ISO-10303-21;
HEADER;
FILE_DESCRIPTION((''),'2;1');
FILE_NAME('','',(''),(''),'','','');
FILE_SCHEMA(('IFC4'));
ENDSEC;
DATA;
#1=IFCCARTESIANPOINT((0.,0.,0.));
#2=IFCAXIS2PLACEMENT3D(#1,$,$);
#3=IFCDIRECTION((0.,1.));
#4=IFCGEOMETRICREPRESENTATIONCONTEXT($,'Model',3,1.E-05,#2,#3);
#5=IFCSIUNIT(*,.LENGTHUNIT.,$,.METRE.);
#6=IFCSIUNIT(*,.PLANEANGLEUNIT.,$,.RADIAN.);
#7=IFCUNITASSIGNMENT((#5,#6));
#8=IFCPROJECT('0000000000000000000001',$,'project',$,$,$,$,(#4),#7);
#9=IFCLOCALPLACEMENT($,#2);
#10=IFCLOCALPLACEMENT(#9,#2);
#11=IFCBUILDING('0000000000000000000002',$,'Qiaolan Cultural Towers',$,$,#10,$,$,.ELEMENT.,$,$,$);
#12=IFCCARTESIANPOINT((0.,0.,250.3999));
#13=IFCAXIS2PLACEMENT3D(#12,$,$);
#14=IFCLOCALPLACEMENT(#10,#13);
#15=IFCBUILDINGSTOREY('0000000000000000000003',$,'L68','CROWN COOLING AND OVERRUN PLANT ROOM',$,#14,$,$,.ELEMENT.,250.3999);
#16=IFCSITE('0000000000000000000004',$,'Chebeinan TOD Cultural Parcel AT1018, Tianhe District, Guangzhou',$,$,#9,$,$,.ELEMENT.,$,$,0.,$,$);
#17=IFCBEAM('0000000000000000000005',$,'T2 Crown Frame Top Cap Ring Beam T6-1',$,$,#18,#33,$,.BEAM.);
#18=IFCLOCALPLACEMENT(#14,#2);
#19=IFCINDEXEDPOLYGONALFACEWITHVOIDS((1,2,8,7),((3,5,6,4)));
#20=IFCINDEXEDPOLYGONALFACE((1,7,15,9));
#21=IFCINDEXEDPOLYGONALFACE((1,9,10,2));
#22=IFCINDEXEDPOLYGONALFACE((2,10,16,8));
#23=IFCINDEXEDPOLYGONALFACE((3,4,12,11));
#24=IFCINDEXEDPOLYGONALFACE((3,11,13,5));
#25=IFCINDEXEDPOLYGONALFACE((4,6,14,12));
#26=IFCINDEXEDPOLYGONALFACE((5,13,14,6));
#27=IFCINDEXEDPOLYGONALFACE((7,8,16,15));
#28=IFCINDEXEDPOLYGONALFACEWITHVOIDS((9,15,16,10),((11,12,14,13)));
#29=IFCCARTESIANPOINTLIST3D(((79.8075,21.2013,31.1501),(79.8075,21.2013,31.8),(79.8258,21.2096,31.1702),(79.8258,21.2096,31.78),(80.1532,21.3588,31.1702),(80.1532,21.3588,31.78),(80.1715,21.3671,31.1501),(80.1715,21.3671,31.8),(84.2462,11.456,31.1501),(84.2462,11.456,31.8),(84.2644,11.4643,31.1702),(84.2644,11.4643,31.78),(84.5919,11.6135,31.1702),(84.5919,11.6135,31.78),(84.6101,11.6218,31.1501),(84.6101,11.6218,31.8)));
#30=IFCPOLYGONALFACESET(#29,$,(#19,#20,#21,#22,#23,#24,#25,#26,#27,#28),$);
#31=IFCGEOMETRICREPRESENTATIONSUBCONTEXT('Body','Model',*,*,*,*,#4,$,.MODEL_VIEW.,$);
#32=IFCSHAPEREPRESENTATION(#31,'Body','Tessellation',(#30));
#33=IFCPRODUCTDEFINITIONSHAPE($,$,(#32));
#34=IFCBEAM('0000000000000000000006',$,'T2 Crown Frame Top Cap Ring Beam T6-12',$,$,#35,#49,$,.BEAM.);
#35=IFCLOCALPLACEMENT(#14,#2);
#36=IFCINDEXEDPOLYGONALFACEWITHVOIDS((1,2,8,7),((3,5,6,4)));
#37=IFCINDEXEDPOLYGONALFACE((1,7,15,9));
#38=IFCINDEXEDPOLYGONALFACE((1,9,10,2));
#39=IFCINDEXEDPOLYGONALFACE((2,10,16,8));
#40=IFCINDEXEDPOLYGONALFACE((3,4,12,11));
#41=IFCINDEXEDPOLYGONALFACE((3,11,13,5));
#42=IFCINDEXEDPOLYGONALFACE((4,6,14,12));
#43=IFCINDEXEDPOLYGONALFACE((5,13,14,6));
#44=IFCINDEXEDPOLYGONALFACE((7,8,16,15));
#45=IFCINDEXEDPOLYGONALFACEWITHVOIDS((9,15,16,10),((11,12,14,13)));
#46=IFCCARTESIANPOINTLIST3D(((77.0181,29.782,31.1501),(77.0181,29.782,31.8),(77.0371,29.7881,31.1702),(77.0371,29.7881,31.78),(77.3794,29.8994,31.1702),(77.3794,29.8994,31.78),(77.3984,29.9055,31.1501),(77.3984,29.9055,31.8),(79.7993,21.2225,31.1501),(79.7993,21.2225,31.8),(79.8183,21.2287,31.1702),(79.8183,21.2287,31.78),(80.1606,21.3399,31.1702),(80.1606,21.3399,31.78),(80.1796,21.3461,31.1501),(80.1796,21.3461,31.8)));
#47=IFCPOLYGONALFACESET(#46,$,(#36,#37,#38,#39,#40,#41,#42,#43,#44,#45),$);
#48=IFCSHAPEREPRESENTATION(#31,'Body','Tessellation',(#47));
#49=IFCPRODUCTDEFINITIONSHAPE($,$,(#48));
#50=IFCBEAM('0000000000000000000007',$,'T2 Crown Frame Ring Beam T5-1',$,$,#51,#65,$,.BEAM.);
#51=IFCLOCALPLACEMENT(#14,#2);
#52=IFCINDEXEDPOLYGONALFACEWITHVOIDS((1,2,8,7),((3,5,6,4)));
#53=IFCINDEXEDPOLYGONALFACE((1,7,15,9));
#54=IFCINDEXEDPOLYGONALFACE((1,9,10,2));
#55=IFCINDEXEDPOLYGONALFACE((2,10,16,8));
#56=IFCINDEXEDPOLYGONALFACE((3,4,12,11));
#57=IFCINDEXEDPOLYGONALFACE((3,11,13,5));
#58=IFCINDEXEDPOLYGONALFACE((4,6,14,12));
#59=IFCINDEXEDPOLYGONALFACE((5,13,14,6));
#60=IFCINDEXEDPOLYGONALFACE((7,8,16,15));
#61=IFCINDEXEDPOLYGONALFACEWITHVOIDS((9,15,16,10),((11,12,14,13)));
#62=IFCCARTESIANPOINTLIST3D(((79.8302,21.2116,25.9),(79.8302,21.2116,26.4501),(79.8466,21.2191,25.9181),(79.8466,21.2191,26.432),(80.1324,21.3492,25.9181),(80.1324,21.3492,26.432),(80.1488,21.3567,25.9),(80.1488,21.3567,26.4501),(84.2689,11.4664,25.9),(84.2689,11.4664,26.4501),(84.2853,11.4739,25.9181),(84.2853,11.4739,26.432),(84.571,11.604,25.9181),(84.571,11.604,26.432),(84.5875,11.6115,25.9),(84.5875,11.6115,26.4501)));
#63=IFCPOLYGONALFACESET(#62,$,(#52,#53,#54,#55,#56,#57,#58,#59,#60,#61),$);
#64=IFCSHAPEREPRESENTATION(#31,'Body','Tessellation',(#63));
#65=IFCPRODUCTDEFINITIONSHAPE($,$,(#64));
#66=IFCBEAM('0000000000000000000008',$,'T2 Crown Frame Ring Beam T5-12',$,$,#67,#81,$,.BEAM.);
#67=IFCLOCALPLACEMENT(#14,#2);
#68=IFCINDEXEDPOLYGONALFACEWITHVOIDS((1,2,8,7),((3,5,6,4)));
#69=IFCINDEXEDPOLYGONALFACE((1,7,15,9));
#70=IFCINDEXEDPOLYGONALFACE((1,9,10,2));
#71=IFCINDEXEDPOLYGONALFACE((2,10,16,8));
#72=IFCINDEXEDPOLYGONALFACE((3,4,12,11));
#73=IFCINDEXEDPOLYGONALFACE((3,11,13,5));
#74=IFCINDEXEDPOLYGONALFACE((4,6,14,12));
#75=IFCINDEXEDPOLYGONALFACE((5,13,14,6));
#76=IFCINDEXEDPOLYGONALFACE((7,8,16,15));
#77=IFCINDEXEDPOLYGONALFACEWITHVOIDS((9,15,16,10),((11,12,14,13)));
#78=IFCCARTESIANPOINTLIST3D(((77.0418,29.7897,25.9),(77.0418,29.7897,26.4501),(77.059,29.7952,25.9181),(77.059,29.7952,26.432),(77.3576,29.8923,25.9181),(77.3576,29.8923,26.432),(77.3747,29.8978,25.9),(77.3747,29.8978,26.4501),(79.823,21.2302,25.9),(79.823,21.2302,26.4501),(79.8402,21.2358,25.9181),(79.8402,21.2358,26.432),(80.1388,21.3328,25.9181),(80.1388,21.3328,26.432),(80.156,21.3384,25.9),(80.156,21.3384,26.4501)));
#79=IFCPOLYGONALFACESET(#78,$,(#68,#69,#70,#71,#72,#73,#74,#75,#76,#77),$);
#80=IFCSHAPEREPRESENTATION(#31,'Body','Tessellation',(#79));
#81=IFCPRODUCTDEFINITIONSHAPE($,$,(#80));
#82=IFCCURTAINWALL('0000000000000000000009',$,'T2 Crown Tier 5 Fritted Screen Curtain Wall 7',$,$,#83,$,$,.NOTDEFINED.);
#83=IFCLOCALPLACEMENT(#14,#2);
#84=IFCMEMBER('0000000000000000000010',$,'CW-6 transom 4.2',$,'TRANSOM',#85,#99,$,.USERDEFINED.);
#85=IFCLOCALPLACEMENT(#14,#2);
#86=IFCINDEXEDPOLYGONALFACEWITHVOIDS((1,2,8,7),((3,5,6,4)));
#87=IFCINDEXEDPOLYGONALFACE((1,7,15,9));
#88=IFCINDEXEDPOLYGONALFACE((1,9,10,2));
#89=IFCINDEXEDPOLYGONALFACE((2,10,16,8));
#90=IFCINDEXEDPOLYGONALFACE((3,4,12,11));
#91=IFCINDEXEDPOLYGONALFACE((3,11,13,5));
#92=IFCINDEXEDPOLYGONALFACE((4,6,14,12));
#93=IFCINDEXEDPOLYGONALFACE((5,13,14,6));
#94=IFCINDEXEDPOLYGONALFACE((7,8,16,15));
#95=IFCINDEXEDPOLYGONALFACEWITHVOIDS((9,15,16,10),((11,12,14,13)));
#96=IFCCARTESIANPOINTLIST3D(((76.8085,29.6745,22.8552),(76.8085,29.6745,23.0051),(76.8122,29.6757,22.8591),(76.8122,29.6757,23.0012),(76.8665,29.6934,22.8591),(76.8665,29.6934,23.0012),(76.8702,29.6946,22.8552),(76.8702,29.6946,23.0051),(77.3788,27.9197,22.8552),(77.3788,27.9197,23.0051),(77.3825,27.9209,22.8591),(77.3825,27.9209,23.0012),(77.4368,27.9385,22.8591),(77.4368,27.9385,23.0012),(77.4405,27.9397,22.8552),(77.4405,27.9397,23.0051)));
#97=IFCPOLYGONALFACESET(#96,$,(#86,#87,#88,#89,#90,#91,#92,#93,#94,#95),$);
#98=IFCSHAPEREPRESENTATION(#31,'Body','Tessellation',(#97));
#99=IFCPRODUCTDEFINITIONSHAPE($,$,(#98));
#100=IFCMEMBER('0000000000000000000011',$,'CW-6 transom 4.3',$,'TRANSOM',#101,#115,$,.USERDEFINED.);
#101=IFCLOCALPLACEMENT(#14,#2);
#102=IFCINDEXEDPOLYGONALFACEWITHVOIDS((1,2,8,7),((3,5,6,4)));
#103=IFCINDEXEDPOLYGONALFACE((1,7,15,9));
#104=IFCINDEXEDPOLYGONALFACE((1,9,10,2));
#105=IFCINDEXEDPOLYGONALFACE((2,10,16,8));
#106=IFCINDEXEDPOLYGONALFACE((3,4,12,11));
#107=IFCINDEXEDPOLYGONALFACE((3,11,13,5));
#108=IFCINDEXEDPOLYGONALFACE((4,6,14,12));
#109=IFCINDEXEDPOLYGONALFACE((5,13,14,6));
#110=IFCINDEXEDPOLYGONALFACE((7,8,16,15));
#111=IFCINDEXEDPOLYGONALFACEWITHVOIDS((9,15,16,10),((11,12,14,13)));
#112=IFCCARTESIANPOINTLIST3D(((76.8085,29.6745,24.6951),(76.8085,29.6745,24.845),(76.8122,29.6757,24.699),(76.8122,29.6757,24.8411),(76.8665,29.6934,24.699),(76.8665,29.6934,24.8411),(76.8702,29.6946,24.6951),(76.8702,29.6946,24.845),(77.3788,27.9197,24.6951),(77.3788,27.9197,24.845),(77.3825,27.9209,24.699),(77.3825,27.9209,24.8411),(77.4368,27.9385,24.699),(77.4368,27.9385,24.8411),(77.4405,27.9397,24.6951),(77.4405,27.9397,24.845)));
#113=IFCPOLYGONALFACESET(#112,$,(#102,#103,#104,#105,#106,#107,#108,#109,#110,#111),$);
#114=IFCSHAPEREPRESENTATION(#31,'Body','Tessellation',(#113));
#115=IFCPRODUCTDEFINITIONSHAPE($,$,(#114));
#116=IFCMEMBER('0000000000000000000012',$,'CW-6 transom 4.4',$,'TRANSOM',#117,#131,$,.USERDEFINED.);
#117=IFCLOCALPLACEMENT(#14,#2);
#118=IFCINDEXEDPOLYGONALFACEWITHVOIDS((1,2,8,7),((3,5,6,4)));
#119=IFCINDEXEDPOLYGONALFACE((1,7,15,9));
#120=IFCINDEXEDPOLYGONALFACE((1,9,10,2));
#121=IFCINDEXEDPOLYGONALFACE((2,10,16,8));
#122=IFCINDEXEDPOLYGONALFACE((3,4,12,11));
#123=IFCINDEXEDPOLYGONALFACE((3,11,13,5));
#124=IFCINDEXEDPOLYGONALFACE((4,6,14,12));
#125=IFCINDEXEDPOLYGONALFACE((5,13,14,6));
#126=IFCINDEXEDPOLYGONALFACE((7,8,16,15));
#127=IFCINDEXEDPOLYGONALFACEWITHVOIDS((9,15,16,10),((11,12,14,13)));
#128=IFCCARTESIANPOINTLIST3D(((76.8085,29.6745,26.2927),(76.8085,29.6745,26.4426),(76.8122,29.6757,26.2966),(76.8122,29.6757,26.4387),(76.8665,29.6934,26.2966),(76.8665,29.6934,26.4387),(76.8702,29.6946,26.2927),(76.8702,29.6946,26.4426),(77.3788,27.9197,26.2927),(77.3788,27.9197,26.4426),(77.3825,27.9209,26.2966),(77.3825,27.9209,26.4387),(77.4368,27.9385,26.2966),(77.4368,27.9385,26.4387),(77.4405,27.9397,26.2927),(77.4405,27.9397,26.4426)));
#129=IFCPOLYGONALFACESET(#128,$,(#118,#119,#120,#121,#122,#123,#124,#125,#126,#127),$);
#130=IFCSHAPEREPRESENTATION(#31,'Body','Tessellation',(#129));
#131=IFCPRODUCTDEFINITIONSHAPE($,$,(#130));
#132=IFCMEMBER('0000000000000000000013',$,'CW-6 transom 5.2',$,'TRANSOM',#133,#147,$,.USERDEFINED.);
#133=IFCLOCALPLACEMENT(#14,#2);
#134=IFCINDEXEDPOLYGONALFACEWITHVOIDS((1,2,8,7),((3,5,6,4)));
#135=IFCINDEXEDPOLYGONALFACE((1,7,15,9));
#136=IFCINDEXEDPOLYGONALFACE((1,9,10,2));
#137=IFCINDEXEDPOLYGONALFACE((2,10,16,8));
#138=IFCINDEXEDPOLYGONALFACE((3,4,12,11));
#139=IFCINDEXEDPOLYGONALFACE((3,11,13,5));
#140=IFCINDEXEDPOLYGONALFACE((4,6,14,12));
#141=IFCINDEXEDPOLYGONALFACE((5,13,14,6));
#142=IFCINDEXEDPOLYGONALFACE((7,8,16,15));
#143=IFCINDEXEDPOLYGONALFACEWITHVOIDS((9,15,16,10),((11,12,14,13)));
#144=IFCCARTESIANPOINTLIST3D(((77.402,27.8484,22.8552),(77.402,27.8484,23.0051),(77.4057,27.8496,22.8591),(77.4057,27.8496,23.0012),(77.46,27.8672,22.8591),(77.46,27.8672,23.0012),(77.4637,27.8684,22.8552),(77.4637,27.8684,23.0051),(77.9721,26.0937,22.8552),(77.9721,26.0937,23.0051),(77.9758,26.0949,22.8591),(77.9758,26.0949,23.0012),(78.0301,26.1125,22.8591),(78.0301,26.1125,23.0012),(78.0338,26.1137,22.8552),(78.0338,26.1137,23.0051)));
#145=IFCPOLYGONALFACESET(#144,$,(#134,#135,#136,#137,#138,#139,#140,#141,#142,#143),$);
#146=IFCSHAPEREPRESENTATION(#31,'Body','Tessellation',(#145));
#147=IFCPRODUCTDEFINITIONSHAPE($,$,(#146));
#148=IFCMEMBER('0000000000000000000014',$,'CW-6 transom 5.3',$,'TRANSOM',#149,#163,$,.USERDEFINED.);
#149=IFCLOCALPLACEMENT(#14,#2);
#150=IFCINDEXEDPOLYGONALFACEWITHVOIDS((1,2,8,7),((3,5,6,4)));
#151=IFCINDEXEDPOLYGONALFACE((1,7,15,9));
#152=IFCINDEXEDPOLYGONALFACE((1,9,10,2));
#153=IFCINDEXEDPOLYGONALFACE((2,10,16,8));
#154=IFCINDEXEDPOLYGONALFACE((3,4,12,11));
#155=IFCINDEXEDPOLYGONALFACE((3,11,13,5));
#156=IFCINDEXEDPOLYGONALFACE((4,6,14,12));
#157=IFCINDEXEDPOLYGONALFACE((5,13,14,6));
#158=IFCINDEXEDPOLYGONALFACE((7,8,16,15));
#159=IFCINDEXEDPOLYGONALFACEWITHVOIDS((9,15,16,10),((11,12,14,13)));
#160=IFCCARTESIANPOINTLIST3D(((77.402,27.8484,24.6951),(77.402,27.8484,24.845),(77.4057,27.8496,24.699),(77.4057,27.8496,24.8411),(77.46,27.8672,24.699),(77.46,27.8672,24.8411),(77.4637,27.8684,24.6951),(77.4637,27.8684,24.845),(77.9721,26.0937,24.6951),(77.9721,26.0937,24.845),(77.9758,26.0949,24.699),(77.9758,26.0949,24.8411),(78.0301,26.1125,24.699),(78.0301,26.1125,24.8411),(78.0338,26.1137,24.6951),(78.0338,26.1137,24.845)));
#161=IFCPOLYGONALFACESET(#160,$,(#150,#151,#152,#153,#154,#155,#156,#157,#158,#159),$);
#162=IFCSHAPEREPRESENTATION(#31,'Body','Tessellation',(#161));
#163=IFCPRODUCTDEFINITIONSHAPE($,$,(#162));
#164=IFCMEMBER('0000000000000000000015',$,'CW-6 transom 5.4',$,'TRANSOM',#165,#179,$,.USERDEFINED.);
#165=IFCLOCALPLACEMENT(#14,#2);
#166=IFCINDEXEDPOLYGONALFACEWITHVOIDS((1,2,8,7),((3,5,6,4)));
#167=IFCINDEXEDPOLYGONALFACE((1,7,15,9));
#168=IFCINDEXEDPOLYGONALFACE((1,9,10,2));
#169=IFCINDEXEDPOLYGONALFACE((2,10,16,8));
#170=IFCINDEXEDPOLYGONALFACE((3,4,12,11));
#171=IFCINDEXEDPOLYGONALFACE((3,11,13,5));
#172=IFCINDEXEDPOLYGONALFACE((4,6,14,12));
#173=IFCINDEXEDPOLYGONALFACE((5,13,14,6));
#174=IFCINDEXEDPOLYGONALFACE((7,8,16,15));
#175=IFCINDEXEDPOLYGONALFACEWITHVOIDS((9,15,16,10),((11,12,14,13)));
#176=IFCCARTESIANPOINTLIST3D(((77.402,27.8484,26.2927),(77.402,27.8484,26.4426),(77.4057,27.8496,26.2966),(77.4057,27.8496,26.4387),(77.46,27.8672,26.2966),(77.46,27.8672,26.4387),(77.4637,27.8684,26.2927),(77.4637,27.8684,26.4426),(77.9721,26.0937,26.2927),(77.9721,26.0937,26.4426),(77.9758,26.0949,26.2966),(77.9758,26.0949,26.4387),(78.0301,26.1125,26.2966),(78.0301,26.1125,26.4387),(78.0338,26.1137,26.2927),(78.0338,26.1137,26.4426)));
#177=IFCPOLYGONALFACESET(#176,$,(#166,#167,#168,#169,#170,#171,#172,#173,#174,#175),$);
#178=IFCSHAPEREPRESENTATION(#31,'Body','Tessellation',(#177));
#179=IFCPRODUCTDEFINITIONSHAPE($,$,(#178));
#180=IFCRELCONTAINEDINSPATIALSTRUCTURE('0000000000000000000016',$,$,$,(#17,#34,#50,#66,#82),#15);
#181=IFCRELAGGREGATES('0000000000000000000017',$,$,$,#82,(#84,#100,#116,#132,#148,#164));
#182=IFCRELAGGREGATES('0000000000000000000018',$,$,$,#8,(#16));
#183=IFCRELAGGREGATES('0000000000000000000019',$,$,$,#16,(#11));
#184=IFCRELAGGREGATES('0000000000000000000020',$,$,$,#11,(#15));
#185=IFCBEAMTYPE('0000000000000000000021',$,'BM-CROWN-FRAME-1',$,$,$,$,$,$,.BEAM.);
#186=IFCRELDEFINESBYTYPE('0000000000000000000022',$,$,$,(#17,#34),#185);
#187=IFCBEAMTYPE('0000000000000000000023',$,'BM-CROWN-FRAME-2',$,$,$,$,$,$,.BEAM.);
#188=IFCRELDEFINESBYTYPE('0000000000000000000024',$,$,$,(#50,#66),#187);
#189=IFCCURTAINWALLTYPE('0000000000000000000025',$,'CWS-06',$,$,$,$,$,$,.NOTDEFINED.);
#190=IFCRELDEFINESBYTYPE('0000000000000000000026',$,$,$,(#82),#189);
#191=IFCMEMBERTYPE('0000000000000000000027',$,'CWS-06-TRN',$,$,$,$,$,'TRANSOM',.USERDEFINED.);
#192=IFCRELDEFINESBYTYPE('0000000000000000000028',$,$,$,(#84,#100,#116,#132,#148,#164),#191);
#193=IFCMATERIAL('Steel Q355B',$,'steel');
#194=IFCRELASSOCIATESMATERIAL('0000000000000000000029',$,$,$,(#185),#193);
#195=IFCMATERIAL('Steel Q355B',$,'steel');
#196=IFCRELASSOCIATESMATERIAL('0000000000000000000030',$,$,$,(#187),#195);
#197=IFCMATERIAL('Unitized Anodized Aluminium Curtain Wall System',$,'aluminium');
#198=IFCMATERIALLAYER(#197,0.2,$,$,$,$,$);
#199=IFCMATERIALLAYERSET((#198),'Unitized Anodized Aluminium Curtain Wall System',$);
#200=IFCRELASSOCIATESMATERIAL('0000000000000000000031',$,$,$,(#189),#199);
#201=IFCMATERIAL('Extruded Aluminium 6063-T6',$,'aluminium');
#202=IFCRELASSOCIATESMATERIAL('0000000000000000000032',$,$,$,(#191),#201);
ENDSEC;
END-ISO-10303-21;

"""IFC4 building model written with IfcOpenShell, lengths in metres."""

from ifc_helpers import new_model, si_unit, direction, frame, origin, origin_2d, place, context, subcontext, project, spatial, hollow_rectangle, extrude, material, layer, layer_set, material_profile, profile_set, type_object, element, aggregate, save


model = new_model("IFC4")

# Units and contexts
model_context = context("Model", 3, precision=1e-05, world=origin(), true_north=direction((0.0, 1.0)))
body_context = subcontext(model_context, "Body", "Model", "MODEL_VIEW")
ifc_project = project(units=[si_unit("LENGTHUNIT", "METRE"), si_unit("PLANEANGLEUNIT", "RADIAN")], contexts=[model_context])

# Site, building, storey
site_placement = place(None, origin())
site = spatial("IfcSite", under=ifc_project, at=site_placement, Name="Chebeinan TOD Cultural Parcel AT1018, Tianhe District, Guangzhou", CompositionType="ELEMENT", RefElevation=0.0)
building_placement = place(site_placement, origin())
building = spatial("IfcBuilding", under=site, at=building_placement, Name="Qiaolan Cultural Towers", CompositionType="ELEMENT")
storey_placement = place(building_placement, frame((0.0, 0.0, 250.3999)))
storey = spatial("IfcBuildingStorey", under=building, at=storey_placement, Name="L68", Description="CROWN COOLING AND OVERRUN PLANT ROOM", CompositionType="ELEMENT", Elevation=250.3999)

# Beams
ifc_material_1 = material(Name="Steel Q355B", Category="steel")
ifc_material_profile_1 = material_profile(ifc_material_1, hollow_rectangle(XDim=0.3999, YDim=0.6499, WallThickness=0.02, at=origin_2d()), Name="BOX650x400x20")
ifc_profile_set_1 = profile_set([ifc_material_profile_1], Name="Steel Q355B")
beam_type_1 = type_object("IfcBeamType", Name="BM-CROWN-FRAME-1", PredefinedType="BEAM", material=ifc_profile_set_1)
beam_1_placement = place(storey_placement, frame((79.9895, 21.2842, 31.4751), z_axis=(0.4145, -0.910049, 0.0), x_axis=(0.910049, 0.4145, 0.0)))
element("IfcBeam", 1, at=beam_1_placement, inside=storey, type_object=beam_type_1, Name="T2 Crown Frame Top Cap Ring Beam T6-1", PredefinedType="BEAM", context=body_context, shape_type="SweptSolid", body=[
    extrude(hollow_rectangle(XDim=0.3999, YDim=0.6499, WallThickness=0.02, at=origin_2d()), origin(), (0.0, 0.0, 1.0), 10.7085),
])
beam_2_placement = place(storey_placement, frame((77.2083, 29.8438, 31.4751), z_axis=(0.309025, -0.951054, 0.0), x_axis=(0.951054, 0.309025, 0.0)))
element("IfcBeam", 2, at=beam_2_placement, inside=storey, type_object=beam_type_1, Name="T2 Crown Frame Top Cap Ring Beam T6-12", PredefinedType="BEAM", context=body_context, shape_type="SweptSolid", body=[
    extrude(hollow_rectangle(XDim=0.3999, YDim=0.6499, WallThickness=0.02, at=origin_2d()), origin(), (0.0, 0.0, 1.0), 9.0),
])
ifc_material_2 = material(Name="Steel Q355B", Category="steel")
ifc_material_profile_2 = material_profile(ifc_material_2, hollow_rectangle(XDim=0.3501, YDim=0.55, WallThickness=0.0181, at=origin_2d()), Name="BOX550x350x18")
ifc_profile_set_2 = profile_set([ifc_material_profile_2], Name="Steel Q355B")
beam_type_2 = type_object("IfcBeamType", Name="BM-CROWN-FRAME-2", PredefinedType="BEAM", material=ifc_profile_set_2)
beam_3_placement = place(storey_placement, frame((79.9895, 21.2842, 26.175), z_axis=(0.4145, -0.910049, 0.0), x_axis=(0.910049, 0.4145, 0.0)))
element("IfcBeam", 3, at=beam_3_placement, inside=storey, type_object=beam_type_2, Name="T2 Crown Frame Ring Beam T5-1", PredefinedType="BEAM", context=body_context, shape_type="SweptSolid", body=[
    extrude(hollow_rectangle(XDim=0.3501, YDim=0.55, WallThickness=0.0181, at=origin_2d()), origin(), (0.0, 0.0, 1.0), 10.7085),
])
beam_4_placement = place(storey_placement, frame((77.2083, 29.8438, 26.175), z_axis=(0.309025, -0.951054, 0.0), x_axis=(0.951054, 0.309025, 0.0)))
element("IfcBeam", 4, at=beam_4_placement, inside=storey, type_object=beam_type_2, Name="T2 Crown Frame Ring Beam T5-12", PredefinedType="BEAM", context=body_context, shape_type="SweptSolid", body=[
    extrude(hollow_rectangle(XDim=0.3501, YDim=0.55, WallThickness=0.0181, at=origin_2d()), origin(), (0.0, 0.0, 1.0), 9.0),
])

# Curtain wall, members
ifc_material_3 = material(Name="Unitized Anodized Aluminium Curtain Wall System", Category="aluminium")
ifc_layer_1 = layer(ifc_material_3, 0.2)
ifc_layer_set_1 = layer_set([ifc_layer_1], Name="Unitized Anodized Aluminium Curtain Wall System")
curtain_wall_type = type_object("IfcCurtainWallType", Name="CWS-06", PredefinedType="NOTDEFINED", material=ifc_layer_set_1)
curtain_wall_placement = place(storey_placement, origin())
curtain_wall = element("IfcCurtainWall", 5, at=curtain_wall_placement, inside=storey, type_object=curtain_wall_type, Name="T2 Crown Tier 5 Fritted Screen Curtain Wall 7", PredefinedType="NOTDEFINED")
ifc_material_4 = material(Name="Extruded Aluminium 6063-T6", Category="aluminium")
ifc_material_profile_3 = material_profile(ifc_material_4, hollow_rectangle(XDim=0.0649, YDim=0.1499, WallThickness=0.0039, at=origin_2d()), Name="CWT-150x65x4")
ifc_profile_set_3 = profile_set([ifc_material_profile_3], Name="Extruded Aluminium 6063-T6")
member_type = type_object("IfcMemberType", Name="CWS-06-TRN", ElementType="TRANSOM", PredefinedType="USERDEFINED", material=ifc_profile_set_3)
member_1_placement = place(storey_placement, frame((76.8394, 29.6846, 22.9302), z_axis=(0.309074, -0.951038, 0.0), x_axis=(0.951038, 0.309074, 0.0)))
member_1 = element("IfcMember", 6, at=member_1_placement, type_object=member_type, Name="CW-6 transom 4.2", ObjectType="TRANSOM", PredefinedType="USERDEFINED", context=body_context, shape_type="SweptSolid", body=[
    extrude(hollow_rectangle(XDim=0.0649, YDim=0.1499, WallThickness=0.0039, at=origin_2d()), origin(), (0.0, 0.0, 1.0), 1.8452),
])
member_2_placement = place(storey_placement, frame((76.8394, 29.6846, 24.77), z_axis=(0.309074, -0.951038, 0.0), x_axis=(0.951038, 0.309074, 0.0)))
member_2 = element("IfcMember", 7, at=member_2_placement, type_object=member_type, Name="CW-6 transom 4.3", ObjectType="TRANSOM", PredefinedType="USERDEFINED", context=body_context, shape_type="SweptSolid", body=[
    extrude(hollow_rectangle(XDim=0.0649, YDim=0.1499, WallThickness=0.0039, at=origin_2d()), origin(), (0.0, 0.0, 1.0), 1.8452),
])
member_3_placement = place(storey_placement, frame((76.8394, 29.6846, 26.3677), z_axis=(0.309074, -0.951038, 0.0), x_axis=(0.951038, 0.309074, 0.0)))
member_3 = element("IfcMember", 8, at=member_3_placement, type_object=member_type, Name="CW-6 transom 4.4", ObjectType="TRANSOM", PredefinedType="USERDEFINED", context=body_context, shape_type="SweptSolid", body=[
    extrude(hollow_rectangle(XDim=0.0649, YDim=0.1499, WallThickness=0.0039, at=origin_2d()), origin(), (0.0, 0.0, 1.0), 1.8452),
])
member_4_placement = place(storey_placement, frame((77.4329, 27.8584, 22.9302), z_axis=(0.308993, -0.951064, 0.0), x_axis=(0.951064, 0.308993, 0.0)))
member_4 = element("IfcMember", 9, at=member_4_placement, type_object=member_type, Name="CW-6 transom 5.2", ObjectType="TRANSOM", PredefinedType="USERDEFINED", context=body_context, shape_type="SweptSolid", body=[
    extrude(hollow_rectangle(XDim=0.0649, YDim=0.1499, WallThickness=0.0039, at=origin_2d()), origin(), (0.0, 0.0, 1.0), 1.845),
])
member_5_placement = place(storey_placement, frame((77.4329, 27.8584, 24.77), z_axis=(0.308993, -0.951064, 0.0), x_axis=(0.951064, 0.308993, 0.0)))
member_5 = element("IfcMember", 10, at=member_5_placement, type_object=member_type, Name="CW-6 transom 5.3", ObjectType="TRANSOM", PredefinedType="USERDEFINED", context=body_context, shape_type="SweptSolid", body=[
    extrude(hollow_rectangle(XDim=0.0649, YDim=0.1499, WallThickness=0.0039, at=origin_2d()), origin(), (0.0, 0.0, 1.0), 1.845),
])
member_6_placement = place(storey_placement, frame((77.4329, 27.8584, 26.3677), z_axis=(0.308993, -0.951064, 0.0), x_axis=(0.951064, 0.308993, 0.0)))
member_6 = element("IfcMember", 11, at=member_6_placement, type_object=member_type, Name="CW-6 transom 5.4", ObjectType="TRANSOM", PredefinedType="USERDEFINED", context=body_context, shape_type="SweptSolid", body=[
    extrude(hollow_rectangle(XDim=0.0649, YDim=0.1499, WallThickness=0.0039, at=origin_2d()), origin(), (0.0, 0.0, 1.0), 1.845),
])
aggregate(curtain_wall, [member_1, member_2, member_3, member_4, member_5, member_6])

save(model, "model.ifc")
